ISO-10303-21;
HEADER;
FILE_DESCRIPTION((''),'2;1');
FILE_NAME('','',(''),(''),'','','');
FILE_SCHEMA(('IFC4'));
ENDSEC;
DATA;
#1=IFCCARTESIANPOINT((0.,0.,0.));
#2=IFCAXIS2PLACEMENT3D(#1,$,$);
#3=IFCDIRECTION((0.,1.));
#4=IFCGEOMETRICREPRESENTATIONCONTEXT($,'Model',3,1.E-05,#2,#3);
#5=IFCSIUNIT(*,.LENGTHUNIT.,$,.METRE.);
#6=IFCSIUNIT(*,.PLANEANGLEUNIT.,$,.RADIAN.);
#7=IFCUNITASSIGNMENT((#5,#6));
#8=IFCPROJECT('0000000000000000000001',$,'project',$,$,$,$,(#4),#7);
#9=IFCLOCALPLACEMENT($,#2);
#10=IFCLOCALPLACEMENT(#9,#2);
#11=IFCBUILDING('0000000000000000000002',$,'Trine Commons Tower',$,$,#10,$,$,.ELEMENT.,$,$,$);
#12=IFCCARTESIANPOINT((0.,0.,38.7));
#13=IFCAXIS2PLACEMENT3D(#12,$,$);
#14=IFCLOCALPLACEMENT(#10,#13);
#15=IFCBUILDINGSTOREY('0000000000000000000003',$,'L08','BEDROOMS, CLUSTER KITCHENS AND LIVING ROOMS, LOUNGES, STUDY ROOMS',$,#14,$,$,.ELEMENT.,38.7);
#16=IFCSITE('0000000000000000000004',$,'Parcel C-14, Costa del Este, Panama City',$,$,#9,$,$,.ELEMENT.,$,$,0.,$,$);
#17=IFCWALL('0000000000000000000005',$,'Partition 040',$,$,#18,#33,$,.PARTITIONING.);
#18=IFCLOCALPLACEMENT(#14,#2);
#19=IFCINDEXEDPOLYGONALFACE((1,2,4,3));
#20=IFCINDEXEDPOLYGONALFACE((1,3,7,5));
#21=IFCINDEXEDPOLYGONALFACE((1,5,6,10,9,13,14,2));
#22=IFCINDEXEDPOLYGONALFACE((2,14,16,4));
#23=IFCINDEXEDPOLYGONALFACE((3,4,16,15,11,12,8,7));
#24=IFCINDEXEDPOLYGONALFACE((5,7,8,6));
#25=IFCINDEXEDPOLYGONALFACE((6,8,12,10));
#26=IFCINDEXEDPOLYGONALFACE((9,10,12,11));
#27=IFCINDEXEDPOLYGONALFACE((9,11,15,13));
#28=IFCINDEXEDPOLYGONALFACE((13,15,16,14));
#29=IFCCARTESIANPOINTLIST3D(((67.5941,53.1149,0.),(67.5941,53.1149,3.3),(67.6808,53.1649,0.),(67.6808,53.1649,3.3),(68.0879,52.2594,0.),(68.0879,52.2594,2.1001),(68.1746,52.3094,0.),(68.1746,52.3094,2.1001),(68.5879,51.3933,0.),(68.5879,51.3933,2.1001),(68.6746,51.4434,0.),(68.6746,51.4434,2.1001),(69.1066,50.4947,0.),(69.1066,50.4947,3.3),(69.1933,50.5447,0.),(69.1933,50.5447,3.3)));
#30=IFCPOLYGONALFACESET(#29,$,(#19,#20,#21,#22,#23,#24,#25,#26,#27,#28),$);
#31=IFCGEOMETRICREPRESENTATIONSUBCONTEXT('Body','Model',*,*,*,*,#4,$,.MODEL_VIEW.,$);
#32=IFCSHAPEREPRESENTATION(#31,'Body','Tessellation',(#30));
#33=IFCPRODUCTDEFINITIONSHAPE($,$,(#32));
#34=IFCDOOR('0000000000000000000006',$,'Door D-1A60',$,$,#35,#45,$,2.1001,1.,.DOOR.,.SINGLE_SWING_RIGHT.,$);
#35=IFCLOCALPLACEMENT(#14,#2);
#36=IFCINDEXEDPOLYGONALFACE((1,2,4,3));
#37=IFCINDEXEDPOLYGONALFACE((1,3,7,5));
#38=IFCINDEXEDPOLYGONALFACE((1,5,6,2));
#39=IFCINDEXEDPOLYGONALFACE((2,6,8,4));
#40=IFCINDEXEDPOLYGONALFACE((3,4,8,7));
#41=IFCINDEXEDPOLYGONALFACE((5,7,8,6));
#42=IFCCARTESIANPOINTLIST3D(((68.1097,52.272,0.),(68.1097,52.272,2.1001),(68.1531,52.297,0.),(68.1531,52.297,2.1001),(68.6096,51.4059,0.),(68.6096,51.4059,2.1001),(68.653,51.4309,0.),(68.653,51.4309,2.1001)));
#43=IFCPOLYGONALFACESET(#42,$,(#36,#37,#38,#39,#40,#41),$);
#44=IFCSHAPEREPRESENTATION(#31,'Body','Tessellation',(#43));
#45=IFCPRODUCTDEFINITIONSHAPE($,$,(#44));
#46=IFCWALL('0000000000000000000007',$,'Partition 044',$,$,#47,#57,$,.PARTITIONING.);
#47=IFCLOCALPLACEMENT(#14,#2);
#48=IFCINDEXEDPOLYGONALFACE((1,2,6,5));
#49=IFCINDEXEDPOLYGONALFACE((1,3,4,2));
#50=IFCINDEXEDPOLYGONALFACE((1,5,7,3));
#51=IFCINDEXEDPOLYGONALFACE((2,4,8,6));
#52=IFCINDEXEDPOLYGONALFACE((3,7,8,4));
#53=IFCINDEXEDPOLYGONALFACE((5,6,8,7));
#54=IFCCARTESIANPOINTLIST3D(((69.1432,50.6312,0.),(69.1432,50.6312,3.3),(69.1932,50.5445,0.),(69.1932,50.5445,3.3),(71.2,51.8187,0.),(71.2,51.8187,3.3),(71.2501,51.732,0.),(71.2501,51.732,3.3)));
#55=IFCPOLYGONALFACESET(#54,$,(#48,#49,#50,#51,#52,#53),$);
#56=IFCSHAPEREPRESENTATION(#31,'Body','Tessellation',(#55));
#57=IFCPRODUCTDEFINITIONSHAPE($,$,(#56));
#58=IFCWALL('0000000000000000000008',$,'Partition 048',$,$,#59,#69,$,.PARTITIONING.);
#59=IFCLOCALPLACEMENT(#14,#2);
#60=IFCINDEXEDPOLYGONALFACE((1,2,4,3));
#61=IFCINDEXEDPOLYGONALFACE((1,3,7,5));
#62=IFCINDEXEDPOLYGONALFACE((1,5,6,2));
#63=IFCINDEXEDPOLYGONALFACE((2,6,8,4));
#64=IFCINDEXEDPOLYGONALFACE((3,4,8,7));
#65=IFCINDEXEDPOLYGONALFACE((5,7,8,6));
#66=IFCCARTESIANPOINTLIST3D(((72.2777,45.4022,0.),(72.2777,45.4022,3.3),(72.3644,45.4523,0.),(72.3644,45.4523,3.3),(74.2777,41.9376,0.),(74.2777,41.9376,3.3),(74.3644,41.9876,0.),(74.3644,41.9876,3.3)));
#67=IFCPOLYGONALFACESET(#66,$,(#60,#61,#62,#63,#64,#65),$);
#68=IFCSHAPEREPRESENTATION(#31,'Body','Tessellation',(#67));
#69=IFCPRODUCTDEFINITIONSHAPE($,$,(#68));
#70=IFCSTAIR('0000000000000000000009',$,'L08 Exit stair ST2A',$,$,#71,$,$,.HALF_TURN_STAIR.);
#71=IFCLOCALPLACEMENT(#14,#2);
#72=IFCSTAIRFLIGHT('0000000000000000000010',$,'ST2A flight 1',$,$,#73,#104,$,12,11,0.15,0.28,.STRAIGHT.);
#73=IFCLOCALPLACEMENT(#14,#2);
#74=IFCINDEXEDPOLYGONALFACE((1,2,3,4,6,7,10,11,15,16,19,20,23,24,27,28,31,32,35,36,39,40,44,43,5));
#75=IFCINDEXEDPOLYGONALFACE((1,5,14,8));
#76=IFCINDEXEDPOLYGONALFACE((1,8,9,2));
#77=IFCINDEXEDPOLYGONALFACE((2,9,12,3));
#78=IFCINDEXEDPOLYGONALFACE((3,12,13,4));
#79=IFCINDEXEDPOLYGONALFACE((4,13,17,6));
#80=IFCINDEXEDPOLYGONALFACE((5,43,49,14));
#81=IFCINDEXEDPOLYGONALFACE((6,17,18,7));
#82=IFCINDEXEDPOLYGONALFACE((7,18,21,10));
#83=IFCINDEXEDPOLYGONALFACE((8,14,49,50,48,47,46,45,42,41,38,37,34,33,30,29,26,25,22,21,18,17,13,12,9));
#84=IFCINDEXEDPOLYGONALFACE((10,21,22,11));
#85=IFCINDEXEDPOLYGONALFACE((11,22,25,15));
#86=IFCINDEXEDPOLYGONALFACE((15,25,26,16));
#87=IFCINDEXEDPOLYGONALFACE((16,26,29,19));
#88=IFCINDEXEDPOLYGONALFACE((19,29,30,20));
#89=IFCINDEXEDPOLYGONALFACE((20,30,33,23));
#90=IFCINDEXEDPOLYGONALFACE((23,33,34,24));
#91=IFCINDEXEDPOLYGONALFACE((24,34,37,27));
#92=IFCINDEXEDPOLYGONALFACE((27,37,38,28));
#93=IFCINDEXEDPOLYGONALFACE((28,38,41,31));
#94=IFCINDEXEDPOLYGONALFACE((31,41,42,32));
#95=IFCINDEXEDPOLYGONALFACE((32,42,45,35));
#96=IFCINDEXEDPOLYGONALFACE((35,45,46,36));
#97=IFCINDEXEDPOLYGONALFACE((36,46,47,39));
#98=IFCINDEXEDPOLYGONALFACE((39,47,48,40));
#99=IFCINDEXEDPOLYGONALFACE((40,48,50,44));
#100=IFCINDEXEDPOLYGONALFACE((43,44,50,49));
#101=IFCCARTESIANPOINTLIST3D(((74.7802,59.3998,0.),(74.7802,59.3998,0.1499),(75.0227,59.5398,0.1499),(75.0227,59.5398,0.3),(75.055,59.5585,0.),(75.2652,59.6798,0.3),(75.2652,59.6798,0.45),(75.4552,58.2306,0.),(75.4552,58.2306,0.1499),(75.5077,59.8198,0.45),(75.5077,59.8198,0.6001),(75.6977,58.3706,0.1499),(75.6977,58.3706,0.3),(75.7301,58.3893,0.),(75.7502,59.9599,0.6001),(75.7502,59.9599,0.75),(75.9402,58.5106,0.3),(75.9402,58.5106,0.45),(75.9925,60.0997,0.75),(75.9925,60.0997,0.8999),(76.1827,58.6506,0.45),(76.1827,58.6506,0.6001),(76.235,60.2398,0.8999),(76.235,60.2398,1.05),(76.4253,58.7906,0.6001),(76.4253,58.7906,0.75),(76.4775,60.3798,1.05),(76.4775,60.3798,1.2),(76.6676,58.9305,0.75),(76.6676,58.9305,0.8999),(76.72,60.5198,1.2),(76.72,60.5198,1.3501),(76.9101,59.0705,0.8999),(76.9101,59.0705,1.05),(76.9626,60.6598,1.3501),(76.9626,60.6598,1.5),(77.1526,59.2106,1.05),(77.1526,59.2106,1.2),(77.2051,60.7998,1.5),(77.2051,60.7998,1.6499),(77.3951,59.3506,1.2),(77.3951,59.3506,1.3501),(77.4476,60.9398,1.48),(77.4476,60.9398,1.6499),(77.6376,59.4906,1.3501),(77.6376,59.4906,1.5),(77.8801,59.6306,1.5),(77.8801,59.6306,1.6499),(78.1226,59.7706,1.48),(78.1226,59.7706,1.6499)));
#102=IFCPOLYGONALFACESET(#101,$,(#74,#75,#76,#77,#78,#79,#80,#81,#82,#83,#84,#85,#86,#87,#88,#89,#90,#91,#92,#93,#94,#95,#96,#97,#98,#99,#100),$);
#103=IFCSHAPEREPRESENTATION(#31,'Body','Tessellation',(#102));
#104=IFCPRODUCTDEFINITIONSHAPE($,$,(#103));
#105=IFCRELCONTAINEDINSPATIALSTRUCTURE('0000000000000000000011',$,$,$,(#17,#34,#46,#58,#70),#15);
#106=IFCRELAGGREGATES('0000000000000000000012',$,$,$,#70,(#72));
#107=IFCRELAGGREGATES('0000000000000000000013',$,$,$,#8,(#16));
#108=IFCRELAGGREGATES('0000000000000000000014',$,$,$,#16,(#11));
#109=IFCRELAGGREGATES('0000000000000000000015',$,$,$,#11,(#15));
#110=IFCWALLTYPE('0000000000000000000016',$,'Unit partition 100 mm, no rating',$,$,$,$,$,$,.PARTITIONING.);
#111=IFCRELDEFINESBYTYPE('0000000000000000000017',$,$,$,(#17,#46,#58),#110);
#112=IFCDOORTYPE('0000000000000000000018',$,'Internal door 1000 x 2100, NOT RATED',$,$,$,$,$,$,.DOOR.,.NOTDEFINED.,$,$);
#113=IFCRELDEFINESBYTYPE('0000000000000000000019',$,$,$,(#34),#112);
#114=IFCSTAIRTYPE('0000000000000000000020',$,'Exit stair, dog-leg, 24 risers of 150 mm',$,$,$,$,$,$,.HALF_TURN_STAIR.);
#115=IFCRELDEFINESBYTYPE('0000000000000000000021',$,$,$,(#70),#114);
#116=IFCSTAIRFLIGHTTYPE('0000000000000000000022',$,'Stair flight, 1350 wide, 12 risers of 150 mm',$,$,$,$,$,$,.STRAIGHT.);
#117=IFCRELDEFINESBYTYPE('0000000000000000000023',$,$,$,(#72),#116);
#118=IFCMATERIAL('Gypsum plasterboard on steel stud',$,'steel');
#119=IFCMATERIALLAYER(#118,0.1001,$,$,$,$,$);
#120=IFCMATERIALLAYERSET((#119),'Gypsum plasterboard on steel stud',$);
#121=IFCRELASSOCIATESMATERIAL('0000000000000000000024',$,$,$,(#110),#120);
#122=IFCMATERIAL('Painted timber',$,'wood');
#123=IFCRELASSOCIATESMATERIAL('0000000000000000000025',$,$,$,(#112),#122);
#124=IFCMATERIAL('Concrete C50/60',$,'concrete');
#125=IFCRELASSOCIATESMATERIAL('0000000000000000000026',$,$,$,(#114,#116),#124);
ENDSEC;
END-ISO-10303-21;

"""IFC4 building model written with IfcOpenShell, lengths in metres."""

from ifc_helpers import new_model, si_unit, direction, frame, frame_2d, origin, place, context, subcontext, project, spatial, polyline, rectangle, outline, extrude, material, layer, layer_set, type_object, element, fill, aggregate, save


model = new_model("IFC4")

# Units and contexts
model_context = context("Model", 3, precision=1e-05, world=origin(), true_north=direction((0.0, 1.0)))
body_context = subcontext(model_context, "Body", "Model", "MODEL_VIEW")
ifc_project = project(units=[si_unit("LENGTHUNIT", "METRE"), si_unit("PLANEANGLEUNIT", "RADIAN")], contexts=[model_context])

# Site, building, storey
site_placement = place(None, origin())
site = spatial("IfcSite", under=ifc_project, at=site_placement, Name="Parcel C-14, Costa del Este, Panama City", CompositionType="ELEMENT", RefElevation=0.0)
building_placement = place(site_placement, origin())
building = spatial("IfcBuilding", under=site, at=building_placement, Name="Trine Commons Tower", CompositionType="ELEMENT")
storey_placement = place(building_placement, frame((0.0, 0.0, 38.7)))
storey = spatial("IfcBuildingStorey", under=building, at=storey_placement, Name="L08", Description="BEDROOMS, CLUSTER KITCHENS AND LIVING ROOMS, LOUNGES, STUDY ROOMS", CompositionType="ELEMENT", Elevation=38.7)

# Shared definitions
ifc_material_1 = material(Name="Concrete C50/60", Category="concrete")

# Shared definitions
ifc_material_2 = material(Name="Gypsum plasterboard on steel stud", Category="steel")

# Shared definitions
ifc_material_3 = material(Name="Painted timber", Category="wood")

# Shared definitions
ifc_layer_1 = layer(ifc_material_2, 0.1001)
ifc_layer_set_1 = layer_set([ifc_layer_1], Name="Gypsum plasterboard on steel stud")
wall_type_1 = type_object("IfcWallType", Name="Unit partition 100 mm, no rating", PredefinedType="PARTITIONING", material=ifc_layer_set_1)

# Wall, opening, door
wall_1_placement = place(storey_placement, frame((67.6375, 53.1399, 0.0), z_axis=(0.0, 0.0, 1.0), x_axis=(0.499932, -0.866065, 0.0)))
wall_1 = element("IfcWall", 1, at=wall_1_placement, inside=storey, type_object=wall_type_1, Name="Partition 040", PredefinedType="PARTITIONING", context=body_context, shape_type="SweptSolid", body=[
    extrude(rectangle(XDim=3.0254, YDim=0.1001, at=frame_2d((1.5127, 0.0))), origin(), (0.0, 0.0, 1.0), 3.3),
])
opening_1_placement = place(wall_1_placement, frame((0.9878, 0.0, 0.0)))
opening_1 = element("IfcOpeningElement", 2, at=opening_1_placement, cuts=wall_1, PredefinedType="OPENING", context=body_context, shape_type="SweptSolid", body=[
    extrude(rectangle(XDim=1.0, YDim=2.1001, at=frame_2d((0.5, 1.05))), frame((0.0, 0.0601, 0.0), z_axis=(0.0, -1.0, 0.0), x_axis=(1.0, 0.0, 0.0)), (0.0, 0.0, 1.0), 0.1201),
])
door_type_1 = type_object("IfcDoorType", Name="Internal door 1000 x 2100, NOT RATED", OperationType="NOTDEFINED", PredefinedType="DOOR", material=ifc_material_3)
door_1_placement = place(opening_1_placement, frame((1.0, 0.0, 0.0), z_axis=(0.0, 0.0, 1.0), x_axis=(-1.0, 0.0, 0.0)))
door_1 = element("IfcDoor", 3, at=door_1_placement, inside=storey, type_object=door_type_1, Name="Door D-1A60", OperationType="SINGLE_SWING_RIGHT", OverallHeight=2.1001, OverallWidth=1.0, PredefinedType="DOOR", context=body_context, shape_type="SweptSolid", body=[
    extrude(rectangle(XDim=1.0, YDim=2.1001, at=frame_2d((0.5, 1.05))), frame((0.0, 0.0249, 0.0), z_axis=(0.0, -1.0, 0.0), x_axis=(1.0, 0.0, 0.0)), (0.0, 0.0, 1.0), 0.05),
])
fill(opening_1, door_1)

# Walls
wall_2_placement = place(storey_placement, frame((69.1682, 50.5879, 0.0), z_axis=(0.0, 0.0, 1.0), x_axis=(0.866033, 0.499986, 0.0)))
element("IfcWall", 4, at=wall_2_placement, inside=storey, type_object=wall_type_1, Name="Partition 044", PredefinedType="PARTITIONING", context=body_context, shape_type="SweptSolid", body=[
    extrude(rectangle(XDim=2.375, YDim=0.1001, at=frame_2d((1.1875, 0.0))), origin(), (0.0, 0.0, 1.0), 3.3),
])
wall_3_placement = place(storey_placement, frame((72.321, 45.4272, 0.0), z_axis=(0.0, 0.0, 1.0), x_axis=(0.499946, -0.866057, 0.0)))
element("IfcWall", 5, at=wall_3_placement, inside=storey, type_object=wall_type_1, Name="Partition 048", PredefinedType="PARTITIONING", context=body_context, shape_type="SweptSolid", body=[
    extrude(rectangle(XDim=4.0005, YDim=0.1001, at=frame_2d((2.0002, 0.0))), origin(), (0.0, 0.0, 1.0), 3.3),
])

# Stair, stair flight
stair_type = type_object("IfcStairType", Name="Exit stair, dog-leg, 24 risers of 150 mm", PredefinedType="HALF_TURN_STAIR", material=ifc_material_1)
stair_placement = place(storey_placement, origin())
stair = element("IfcStair", 6, at=stair_placement, inside=storey, type_object=stair_type, Name="L08 Exit stair ST2A", PredefinedType="HALF_TURN_STAIR")
stair_flight_type = type_object("IfcStairFlightType", Name="Stair flight, 1350 wide, 12 risers of 150 mm", PredefinedType="STRAIGHT", material=ifc_material_1)
stair_flight_placement = place(storey_placement, frame((75.1177, 58.8152, 0.0), z_axis=(0.0, 0.0, 1.0), x_axis=(0.866025, 0.5, 0.0)))
stair_flight = element("IfcStairFlight", 7, at=stair_flight_placement, type_object=stair_flight_type, Name="ST2A flight 1", NumberOfRisers=12, NumberOfTreads=11, PredefinedType="STRAIGHT", RiserHeight=0.15, TreadLength=0.28, context=body_context, shape_type="SweptSolid", body=[
    extrude(outline(polyline([(0.0, 0.0), (0.0, 0.1499), (0.28, 0.1499), (0.28, 0.3), (0.5601, 0.3), (0.5601, 0.45), (0.8401, 0.45), (0.8401, 0.6001), (1.1201, 0.6001), (1.1201, 0.75), (1.3999, 0.75), (1.3999, 0.8999), (1.6799, 0.8999), (1.6799, 1.05), (1.96, 1.05), (1.96, 1.2), (2.24, 1.2), (2.24, 1.3501), (2.52, 1.3501), (2.52, 1.5), (2.8, 1.5), (2.8, 1.6499), (3.0801, 1.6499), (3.0801, 1.8), (3.0801, 1.48), (0.3174, 0.0), (0.0, 0.0)])), frame((0.0, 0.675, 0.0), z_axis=(0.0, -1.0, 0.0), x_axis=(1.0, 0.0, 0.0)), (0.0, 0.0, 1.0), 1.3501),
])
aggregate(stair, [stair_flight])

save(model, "model.ifc")
